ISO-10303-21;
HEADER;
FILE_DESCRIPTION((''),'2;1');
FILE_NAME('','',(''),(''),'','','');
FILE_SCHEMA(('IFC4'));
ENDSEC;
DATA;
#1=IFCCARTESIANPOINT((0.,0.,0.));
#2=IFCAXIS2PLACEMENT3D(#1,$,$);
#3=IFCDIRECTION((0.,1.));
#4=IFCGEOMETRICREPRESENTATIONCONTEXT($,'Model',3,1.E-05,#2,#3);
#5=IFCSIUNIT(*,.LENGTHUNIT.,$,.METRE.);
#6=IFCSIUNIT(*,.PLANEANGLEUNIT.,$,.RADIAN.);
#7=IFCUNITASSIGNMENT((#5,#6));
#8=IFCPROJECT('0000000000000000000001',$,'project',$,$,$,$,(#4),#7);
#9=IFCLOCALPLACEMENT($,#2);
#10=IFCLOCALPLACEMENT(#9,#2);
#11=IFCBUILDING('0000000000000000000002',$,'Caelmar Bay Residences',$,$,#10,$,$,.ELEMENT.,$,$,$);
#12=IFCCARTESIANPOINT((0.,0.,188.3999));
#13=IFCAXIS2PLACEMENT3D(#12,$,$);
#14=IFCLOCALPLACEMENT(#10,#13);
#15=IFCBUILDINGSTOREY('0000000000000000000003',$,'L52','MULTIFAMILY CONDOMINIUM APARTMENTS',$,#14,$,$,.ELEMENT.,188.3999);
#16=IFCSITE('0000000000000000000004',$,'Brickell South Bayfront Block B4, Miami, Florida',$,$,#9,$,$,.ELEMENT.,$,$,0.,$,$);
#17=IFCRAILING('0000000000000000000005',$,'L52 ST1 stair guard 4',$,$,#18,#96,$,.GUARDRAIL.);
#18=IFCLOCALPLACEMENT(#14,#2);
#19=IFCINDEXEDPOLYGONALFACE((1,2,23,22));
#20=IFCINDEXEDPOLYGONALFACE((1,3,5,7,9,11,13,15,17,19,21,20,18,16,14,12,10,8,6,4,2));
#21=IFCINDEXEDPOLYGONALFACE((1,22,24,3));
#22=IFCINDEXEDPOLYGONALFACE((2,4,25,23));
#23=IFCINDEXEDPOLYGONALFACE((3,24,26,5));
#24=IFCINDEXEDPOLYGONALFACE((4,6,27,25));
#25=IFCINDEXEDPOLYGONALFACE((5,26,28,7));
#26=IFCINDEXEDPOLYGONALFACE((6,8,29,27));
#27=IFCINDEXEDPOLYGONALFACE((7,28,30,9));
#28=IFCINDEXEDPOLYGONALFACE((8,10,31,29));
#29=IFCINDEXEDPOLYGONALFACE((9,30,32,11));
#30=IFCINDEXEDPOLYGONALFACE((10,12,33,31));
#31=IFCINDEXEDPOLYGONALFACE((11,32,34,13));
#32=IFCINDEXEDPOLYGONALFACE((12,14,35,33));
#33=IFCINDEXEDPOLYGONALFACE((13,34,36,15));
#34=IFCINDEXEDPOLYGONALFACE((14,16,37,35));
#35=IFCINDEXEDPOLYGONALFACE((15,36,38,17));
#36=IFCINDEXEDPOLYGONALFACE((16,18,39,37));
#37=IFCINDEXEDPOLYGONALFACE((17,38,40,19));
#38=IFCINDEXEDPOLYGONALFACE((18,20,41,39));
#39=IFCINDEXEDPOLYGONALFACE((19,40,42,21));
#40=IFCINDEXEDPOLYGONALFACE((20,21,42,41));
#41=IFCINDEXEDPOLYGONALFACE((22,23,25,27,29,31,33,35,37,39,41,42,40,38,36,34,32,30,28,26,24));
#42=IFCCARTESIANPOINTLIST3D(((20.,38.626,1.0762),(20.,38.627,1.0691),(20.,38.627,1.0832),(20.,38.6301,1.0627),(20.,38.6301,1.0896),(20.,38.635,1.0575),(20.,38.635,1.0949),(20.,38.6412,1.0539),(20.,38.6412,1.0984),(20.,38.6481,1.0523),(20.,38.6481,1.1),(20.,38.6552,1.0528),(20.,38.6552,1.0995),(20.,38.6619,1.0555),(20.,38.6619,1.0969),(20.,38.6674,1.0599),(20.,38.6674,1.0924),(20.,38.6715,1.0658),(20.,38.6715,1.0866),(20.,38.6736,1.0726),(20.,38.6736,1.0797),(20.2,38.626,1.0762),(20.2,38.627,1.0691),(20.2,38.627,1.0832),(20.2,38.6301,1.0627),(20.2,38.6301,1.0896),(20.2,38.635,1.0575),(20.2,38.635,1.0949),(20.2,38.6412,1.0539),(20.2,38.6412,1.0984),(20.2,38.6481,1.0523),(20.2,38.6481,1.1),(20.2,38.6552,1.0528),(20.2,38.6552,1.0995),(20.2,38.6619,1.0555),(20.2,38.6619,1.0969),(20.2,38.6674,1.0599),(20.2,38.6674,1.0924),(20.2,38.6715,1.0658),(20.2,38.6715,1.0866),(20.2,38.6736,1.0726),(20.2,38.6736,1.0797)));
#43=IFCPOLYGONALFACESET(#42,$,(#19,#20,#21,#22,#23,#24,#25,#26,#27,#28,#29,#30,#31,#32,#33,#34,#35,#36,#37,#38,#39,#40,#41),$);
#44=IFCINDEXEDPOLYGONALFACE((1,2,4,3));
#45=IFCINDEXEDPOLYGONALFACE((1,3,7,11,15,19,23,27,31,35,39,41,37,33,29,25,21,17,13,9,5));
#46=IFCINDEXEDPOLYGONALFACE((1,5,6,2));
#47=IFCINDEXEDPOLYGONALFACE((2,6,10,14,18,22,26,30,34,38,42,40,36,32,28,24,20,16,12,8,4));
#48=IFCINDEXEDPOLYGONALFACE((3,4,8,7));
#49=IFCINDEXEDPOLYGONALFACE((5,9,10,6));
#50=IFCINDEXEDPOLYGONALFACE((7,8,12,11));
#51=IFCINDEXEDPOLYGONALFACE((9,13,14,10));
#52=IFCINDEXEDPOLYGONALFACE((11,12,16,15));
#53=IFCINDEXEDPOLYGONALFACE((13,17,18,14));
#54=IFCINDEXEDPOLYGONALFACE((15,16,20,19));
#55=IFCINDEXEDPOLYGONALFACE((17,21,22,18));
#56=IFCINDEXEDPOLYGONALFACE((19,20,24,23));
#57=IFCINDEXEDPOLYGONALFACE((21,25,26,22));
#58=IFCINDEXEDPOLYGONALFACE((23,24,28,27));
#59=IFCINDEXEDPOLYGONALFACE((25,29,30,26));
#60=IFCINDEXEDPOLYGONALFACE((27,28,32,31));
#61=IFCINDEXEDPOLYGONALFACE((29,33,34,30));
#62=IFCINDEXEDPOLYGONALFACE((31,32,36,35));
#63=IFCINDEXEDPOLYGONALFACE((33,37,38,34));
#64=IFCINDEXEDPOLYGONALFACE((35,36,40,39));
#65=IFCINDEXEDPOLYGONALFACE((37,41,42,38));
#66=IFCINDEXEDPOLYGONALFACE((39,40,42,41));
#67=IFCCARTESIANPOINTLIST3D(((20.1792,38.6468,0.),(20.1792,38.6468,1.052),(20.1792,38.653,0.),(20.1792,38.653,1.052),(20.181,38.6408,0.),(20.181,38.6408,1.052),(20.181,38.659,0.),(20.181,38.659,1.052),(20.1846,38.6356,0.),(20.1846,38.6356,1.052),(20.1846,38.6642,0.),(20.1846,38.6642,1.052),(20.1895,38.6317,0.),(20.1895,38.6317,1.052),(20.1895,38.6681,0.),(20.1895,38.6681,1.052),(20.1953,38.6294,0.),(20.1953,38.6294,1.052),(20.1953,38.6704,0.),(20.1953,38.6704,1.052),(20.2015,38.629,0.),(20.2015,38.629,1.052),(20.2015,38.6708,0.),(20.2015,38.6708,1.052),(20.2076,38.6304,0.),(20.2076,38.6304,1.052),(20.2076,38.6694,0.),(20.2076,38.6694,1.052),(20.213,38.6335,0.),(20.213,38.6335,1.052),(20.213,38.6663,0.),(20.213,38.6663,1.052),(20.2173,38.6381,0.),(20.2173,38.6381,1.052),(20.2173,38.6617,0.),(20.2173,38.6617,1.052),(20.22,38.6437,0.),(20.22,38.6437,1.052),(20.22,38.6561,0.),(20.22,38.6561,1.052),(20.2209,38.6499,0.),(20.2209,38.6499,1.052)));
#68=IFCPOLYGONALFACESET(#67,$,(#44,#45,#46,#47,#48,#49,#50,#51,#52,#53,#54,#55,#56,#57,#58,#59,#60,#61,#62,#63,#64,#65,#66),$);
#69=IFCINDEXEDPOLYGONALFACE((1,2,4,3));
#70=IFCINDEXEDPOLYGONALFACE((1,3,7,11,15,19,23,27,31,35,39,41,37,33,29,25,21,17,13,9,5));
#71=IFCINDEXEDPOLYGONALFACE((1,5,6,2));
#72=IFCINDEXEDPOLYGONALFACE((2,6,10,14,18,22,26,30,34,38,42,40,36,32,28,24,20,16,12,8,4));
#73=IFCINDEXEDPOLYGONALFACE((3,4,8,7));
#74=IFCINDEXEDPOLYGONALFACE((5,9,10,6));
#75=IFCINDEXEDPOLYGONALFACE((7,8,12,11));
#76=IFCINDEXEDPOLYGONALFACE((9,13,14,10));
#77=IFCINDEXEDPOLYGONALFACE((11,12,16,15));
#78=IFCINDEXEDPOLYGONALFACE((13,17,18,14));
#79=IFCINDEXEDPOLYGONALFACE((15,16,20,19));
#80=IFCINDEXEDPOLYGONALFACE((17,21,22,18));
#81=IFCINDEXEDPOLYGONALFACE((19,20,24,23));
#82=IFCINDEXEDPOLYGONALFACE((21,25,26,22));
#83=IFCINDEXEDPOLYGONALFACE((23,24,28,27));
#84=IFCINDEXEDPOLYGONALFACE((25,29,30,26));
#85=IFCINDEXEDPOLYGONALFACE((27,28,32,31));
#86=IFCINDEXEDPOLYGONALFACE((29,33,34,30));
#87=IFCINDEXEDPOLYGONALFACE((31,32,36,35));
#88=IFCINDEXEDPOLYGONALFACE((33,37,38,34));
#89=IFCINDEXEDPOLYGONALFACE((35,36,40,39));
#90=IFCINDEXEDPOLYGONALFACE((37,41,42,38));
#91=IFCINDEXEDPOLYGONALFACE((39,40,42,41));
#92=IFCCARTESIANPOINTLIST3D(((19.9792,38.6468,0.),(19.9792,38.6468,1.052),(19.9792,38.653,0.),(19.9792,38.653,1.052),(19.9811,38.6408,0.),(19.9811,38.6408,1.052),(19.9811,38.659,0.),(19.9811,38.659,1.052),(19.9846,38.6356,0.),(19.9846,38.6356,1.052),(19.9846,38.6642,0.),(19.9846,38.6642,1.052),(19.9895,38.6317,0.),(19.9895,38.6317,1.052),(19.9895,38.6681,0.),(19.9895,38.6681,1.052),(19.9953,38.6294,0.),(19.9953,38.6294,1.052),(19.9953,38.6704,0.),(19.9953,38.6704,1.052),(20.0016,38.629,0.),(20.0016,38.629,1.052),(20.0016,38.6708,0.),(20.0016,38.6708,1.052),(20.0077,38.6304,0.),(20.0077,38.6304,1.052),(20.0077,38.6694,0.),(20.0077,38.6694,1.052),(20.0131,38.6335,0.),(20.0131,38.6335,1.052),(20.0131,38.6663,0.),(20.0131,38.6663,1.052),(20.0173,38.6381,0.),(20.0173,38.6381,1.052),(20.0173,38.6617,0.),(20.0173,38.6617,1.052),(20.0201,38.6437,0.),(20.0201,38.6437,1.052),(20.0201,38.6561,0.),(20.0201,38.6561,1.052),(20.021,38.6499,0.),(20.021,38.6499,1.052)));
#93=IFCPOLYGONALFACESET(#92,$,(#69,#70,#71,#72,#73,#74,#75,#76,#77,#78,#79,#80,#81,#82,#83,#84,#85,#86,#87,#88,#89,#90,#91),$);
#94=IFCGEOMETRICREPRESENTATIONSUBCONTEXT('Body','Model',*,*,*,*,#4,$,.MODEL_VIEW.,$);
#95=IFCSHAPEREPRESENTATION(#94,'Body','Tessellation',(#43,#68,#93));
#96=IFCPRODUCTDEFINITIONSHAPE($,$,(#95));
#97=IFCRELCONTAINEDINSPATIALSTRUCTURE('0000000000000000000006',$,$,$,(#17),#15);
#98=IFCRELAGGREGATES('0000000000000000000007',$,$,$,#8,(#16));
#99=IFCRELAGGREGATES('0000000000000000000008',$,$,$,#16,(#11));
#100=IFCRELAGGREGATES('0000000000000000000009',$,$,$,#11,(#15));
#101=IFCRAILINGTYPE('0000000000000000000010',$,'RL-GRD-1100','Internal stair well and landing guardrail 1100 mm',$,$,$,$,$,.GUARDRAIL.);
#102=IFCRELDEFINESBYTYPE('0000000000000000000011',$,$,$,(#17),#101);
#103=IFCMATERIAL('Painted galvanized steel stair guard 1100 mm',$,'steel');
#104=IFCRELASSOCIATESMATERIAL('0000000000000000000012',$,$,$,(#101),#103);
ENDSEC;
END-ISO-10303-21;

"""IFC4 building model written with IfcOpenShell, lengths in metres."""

from ifc_helpers import new_model, si_unit, direction, frame, origin, origin_2d, place, context, subcontext, project, spatial, circle, extrude, material, type_object, element, save


model = new_model("IFC4")

# Units and contexts
model_context = context("Model", 3, precision=1e-05, world=origin(), true_north=direction((0.0, 1.0)))
body_context = subcontext(model_context, "Body", "Model", "MODEL_VIEW")
ifc_project = project(units=[si_unit("LENGTHUNIT", "METRE"), si_unit("PLANEANGLEUNIT", "RADIAN")], contexts=[model_context])

# Site, building, storey
site_placement = place(None, origin())
site = spatial("IfcSite", under=ifc_project, at=site_placement, Name="Brickell South Bayfront Block B4, Miami, Florida", CompositionType="ELEMENT", RefElevation=0.0)
building_placement = place(site_placement, origin())
building = spatial("IfcBuilding", under=site, at=building_placement, Name="Caelmar Bay Residences", CompositionType="ELEMENT")
storey_placement = place(building_placement, frame((0.0, 0.0, 188.3999)))
storey = spatial("IfcBuildingStorey", under=building, at=storey_placement, Name="L52", Description="MULTIFAMILY CONDOMINIUM APARTMENTS", CompositionType="ELEMENT", Elevation=188.3999)

# Railing
ifc_material_1 = material(Name="Painted galvanized steel stair guard 1100 mm", Category="steel")
railing_type_1 = type_object("IfcRailingType", Name="RL-GRD-1100", Description="Internal stair well and landing guardrail 1100 mm", PredefinedType="GUARDRAIL", material=ifc_material_1)
railing_1_placement = place(storey_placement, frame((20.2, 38.6499, 0.0)))
element("IfcRailing", 1, at=railing_1_placement, inside=storey, type_object=railing_type_1, Name="L52 ST1 stair guard 4", PredefinedType="GUARDRAIL", context=body_context, shape_type="SweptSolid", body=[
    extrude(circle(Radius=0.0239, at=origin_2d()), frame((0.0, 0.0, 1.0762), z_axis=(-1.0, 0.0, 0.0), x_axis=(0.0, -1.0, 0.0)), (0.0, 0.0, 1.0), 0.2),
    extrude(circle(Radius=0.021, at=origin_2d()), origin(), (0.0, 0.0, 1.0), 1.052),
    extrude(circle(Radius=0.021, at=origin_2d()), frame((-0.2, 0.0, 0.0)), (0.0, 0.0, 1.0), 1.052),
])

save(model, "model.ifc")
